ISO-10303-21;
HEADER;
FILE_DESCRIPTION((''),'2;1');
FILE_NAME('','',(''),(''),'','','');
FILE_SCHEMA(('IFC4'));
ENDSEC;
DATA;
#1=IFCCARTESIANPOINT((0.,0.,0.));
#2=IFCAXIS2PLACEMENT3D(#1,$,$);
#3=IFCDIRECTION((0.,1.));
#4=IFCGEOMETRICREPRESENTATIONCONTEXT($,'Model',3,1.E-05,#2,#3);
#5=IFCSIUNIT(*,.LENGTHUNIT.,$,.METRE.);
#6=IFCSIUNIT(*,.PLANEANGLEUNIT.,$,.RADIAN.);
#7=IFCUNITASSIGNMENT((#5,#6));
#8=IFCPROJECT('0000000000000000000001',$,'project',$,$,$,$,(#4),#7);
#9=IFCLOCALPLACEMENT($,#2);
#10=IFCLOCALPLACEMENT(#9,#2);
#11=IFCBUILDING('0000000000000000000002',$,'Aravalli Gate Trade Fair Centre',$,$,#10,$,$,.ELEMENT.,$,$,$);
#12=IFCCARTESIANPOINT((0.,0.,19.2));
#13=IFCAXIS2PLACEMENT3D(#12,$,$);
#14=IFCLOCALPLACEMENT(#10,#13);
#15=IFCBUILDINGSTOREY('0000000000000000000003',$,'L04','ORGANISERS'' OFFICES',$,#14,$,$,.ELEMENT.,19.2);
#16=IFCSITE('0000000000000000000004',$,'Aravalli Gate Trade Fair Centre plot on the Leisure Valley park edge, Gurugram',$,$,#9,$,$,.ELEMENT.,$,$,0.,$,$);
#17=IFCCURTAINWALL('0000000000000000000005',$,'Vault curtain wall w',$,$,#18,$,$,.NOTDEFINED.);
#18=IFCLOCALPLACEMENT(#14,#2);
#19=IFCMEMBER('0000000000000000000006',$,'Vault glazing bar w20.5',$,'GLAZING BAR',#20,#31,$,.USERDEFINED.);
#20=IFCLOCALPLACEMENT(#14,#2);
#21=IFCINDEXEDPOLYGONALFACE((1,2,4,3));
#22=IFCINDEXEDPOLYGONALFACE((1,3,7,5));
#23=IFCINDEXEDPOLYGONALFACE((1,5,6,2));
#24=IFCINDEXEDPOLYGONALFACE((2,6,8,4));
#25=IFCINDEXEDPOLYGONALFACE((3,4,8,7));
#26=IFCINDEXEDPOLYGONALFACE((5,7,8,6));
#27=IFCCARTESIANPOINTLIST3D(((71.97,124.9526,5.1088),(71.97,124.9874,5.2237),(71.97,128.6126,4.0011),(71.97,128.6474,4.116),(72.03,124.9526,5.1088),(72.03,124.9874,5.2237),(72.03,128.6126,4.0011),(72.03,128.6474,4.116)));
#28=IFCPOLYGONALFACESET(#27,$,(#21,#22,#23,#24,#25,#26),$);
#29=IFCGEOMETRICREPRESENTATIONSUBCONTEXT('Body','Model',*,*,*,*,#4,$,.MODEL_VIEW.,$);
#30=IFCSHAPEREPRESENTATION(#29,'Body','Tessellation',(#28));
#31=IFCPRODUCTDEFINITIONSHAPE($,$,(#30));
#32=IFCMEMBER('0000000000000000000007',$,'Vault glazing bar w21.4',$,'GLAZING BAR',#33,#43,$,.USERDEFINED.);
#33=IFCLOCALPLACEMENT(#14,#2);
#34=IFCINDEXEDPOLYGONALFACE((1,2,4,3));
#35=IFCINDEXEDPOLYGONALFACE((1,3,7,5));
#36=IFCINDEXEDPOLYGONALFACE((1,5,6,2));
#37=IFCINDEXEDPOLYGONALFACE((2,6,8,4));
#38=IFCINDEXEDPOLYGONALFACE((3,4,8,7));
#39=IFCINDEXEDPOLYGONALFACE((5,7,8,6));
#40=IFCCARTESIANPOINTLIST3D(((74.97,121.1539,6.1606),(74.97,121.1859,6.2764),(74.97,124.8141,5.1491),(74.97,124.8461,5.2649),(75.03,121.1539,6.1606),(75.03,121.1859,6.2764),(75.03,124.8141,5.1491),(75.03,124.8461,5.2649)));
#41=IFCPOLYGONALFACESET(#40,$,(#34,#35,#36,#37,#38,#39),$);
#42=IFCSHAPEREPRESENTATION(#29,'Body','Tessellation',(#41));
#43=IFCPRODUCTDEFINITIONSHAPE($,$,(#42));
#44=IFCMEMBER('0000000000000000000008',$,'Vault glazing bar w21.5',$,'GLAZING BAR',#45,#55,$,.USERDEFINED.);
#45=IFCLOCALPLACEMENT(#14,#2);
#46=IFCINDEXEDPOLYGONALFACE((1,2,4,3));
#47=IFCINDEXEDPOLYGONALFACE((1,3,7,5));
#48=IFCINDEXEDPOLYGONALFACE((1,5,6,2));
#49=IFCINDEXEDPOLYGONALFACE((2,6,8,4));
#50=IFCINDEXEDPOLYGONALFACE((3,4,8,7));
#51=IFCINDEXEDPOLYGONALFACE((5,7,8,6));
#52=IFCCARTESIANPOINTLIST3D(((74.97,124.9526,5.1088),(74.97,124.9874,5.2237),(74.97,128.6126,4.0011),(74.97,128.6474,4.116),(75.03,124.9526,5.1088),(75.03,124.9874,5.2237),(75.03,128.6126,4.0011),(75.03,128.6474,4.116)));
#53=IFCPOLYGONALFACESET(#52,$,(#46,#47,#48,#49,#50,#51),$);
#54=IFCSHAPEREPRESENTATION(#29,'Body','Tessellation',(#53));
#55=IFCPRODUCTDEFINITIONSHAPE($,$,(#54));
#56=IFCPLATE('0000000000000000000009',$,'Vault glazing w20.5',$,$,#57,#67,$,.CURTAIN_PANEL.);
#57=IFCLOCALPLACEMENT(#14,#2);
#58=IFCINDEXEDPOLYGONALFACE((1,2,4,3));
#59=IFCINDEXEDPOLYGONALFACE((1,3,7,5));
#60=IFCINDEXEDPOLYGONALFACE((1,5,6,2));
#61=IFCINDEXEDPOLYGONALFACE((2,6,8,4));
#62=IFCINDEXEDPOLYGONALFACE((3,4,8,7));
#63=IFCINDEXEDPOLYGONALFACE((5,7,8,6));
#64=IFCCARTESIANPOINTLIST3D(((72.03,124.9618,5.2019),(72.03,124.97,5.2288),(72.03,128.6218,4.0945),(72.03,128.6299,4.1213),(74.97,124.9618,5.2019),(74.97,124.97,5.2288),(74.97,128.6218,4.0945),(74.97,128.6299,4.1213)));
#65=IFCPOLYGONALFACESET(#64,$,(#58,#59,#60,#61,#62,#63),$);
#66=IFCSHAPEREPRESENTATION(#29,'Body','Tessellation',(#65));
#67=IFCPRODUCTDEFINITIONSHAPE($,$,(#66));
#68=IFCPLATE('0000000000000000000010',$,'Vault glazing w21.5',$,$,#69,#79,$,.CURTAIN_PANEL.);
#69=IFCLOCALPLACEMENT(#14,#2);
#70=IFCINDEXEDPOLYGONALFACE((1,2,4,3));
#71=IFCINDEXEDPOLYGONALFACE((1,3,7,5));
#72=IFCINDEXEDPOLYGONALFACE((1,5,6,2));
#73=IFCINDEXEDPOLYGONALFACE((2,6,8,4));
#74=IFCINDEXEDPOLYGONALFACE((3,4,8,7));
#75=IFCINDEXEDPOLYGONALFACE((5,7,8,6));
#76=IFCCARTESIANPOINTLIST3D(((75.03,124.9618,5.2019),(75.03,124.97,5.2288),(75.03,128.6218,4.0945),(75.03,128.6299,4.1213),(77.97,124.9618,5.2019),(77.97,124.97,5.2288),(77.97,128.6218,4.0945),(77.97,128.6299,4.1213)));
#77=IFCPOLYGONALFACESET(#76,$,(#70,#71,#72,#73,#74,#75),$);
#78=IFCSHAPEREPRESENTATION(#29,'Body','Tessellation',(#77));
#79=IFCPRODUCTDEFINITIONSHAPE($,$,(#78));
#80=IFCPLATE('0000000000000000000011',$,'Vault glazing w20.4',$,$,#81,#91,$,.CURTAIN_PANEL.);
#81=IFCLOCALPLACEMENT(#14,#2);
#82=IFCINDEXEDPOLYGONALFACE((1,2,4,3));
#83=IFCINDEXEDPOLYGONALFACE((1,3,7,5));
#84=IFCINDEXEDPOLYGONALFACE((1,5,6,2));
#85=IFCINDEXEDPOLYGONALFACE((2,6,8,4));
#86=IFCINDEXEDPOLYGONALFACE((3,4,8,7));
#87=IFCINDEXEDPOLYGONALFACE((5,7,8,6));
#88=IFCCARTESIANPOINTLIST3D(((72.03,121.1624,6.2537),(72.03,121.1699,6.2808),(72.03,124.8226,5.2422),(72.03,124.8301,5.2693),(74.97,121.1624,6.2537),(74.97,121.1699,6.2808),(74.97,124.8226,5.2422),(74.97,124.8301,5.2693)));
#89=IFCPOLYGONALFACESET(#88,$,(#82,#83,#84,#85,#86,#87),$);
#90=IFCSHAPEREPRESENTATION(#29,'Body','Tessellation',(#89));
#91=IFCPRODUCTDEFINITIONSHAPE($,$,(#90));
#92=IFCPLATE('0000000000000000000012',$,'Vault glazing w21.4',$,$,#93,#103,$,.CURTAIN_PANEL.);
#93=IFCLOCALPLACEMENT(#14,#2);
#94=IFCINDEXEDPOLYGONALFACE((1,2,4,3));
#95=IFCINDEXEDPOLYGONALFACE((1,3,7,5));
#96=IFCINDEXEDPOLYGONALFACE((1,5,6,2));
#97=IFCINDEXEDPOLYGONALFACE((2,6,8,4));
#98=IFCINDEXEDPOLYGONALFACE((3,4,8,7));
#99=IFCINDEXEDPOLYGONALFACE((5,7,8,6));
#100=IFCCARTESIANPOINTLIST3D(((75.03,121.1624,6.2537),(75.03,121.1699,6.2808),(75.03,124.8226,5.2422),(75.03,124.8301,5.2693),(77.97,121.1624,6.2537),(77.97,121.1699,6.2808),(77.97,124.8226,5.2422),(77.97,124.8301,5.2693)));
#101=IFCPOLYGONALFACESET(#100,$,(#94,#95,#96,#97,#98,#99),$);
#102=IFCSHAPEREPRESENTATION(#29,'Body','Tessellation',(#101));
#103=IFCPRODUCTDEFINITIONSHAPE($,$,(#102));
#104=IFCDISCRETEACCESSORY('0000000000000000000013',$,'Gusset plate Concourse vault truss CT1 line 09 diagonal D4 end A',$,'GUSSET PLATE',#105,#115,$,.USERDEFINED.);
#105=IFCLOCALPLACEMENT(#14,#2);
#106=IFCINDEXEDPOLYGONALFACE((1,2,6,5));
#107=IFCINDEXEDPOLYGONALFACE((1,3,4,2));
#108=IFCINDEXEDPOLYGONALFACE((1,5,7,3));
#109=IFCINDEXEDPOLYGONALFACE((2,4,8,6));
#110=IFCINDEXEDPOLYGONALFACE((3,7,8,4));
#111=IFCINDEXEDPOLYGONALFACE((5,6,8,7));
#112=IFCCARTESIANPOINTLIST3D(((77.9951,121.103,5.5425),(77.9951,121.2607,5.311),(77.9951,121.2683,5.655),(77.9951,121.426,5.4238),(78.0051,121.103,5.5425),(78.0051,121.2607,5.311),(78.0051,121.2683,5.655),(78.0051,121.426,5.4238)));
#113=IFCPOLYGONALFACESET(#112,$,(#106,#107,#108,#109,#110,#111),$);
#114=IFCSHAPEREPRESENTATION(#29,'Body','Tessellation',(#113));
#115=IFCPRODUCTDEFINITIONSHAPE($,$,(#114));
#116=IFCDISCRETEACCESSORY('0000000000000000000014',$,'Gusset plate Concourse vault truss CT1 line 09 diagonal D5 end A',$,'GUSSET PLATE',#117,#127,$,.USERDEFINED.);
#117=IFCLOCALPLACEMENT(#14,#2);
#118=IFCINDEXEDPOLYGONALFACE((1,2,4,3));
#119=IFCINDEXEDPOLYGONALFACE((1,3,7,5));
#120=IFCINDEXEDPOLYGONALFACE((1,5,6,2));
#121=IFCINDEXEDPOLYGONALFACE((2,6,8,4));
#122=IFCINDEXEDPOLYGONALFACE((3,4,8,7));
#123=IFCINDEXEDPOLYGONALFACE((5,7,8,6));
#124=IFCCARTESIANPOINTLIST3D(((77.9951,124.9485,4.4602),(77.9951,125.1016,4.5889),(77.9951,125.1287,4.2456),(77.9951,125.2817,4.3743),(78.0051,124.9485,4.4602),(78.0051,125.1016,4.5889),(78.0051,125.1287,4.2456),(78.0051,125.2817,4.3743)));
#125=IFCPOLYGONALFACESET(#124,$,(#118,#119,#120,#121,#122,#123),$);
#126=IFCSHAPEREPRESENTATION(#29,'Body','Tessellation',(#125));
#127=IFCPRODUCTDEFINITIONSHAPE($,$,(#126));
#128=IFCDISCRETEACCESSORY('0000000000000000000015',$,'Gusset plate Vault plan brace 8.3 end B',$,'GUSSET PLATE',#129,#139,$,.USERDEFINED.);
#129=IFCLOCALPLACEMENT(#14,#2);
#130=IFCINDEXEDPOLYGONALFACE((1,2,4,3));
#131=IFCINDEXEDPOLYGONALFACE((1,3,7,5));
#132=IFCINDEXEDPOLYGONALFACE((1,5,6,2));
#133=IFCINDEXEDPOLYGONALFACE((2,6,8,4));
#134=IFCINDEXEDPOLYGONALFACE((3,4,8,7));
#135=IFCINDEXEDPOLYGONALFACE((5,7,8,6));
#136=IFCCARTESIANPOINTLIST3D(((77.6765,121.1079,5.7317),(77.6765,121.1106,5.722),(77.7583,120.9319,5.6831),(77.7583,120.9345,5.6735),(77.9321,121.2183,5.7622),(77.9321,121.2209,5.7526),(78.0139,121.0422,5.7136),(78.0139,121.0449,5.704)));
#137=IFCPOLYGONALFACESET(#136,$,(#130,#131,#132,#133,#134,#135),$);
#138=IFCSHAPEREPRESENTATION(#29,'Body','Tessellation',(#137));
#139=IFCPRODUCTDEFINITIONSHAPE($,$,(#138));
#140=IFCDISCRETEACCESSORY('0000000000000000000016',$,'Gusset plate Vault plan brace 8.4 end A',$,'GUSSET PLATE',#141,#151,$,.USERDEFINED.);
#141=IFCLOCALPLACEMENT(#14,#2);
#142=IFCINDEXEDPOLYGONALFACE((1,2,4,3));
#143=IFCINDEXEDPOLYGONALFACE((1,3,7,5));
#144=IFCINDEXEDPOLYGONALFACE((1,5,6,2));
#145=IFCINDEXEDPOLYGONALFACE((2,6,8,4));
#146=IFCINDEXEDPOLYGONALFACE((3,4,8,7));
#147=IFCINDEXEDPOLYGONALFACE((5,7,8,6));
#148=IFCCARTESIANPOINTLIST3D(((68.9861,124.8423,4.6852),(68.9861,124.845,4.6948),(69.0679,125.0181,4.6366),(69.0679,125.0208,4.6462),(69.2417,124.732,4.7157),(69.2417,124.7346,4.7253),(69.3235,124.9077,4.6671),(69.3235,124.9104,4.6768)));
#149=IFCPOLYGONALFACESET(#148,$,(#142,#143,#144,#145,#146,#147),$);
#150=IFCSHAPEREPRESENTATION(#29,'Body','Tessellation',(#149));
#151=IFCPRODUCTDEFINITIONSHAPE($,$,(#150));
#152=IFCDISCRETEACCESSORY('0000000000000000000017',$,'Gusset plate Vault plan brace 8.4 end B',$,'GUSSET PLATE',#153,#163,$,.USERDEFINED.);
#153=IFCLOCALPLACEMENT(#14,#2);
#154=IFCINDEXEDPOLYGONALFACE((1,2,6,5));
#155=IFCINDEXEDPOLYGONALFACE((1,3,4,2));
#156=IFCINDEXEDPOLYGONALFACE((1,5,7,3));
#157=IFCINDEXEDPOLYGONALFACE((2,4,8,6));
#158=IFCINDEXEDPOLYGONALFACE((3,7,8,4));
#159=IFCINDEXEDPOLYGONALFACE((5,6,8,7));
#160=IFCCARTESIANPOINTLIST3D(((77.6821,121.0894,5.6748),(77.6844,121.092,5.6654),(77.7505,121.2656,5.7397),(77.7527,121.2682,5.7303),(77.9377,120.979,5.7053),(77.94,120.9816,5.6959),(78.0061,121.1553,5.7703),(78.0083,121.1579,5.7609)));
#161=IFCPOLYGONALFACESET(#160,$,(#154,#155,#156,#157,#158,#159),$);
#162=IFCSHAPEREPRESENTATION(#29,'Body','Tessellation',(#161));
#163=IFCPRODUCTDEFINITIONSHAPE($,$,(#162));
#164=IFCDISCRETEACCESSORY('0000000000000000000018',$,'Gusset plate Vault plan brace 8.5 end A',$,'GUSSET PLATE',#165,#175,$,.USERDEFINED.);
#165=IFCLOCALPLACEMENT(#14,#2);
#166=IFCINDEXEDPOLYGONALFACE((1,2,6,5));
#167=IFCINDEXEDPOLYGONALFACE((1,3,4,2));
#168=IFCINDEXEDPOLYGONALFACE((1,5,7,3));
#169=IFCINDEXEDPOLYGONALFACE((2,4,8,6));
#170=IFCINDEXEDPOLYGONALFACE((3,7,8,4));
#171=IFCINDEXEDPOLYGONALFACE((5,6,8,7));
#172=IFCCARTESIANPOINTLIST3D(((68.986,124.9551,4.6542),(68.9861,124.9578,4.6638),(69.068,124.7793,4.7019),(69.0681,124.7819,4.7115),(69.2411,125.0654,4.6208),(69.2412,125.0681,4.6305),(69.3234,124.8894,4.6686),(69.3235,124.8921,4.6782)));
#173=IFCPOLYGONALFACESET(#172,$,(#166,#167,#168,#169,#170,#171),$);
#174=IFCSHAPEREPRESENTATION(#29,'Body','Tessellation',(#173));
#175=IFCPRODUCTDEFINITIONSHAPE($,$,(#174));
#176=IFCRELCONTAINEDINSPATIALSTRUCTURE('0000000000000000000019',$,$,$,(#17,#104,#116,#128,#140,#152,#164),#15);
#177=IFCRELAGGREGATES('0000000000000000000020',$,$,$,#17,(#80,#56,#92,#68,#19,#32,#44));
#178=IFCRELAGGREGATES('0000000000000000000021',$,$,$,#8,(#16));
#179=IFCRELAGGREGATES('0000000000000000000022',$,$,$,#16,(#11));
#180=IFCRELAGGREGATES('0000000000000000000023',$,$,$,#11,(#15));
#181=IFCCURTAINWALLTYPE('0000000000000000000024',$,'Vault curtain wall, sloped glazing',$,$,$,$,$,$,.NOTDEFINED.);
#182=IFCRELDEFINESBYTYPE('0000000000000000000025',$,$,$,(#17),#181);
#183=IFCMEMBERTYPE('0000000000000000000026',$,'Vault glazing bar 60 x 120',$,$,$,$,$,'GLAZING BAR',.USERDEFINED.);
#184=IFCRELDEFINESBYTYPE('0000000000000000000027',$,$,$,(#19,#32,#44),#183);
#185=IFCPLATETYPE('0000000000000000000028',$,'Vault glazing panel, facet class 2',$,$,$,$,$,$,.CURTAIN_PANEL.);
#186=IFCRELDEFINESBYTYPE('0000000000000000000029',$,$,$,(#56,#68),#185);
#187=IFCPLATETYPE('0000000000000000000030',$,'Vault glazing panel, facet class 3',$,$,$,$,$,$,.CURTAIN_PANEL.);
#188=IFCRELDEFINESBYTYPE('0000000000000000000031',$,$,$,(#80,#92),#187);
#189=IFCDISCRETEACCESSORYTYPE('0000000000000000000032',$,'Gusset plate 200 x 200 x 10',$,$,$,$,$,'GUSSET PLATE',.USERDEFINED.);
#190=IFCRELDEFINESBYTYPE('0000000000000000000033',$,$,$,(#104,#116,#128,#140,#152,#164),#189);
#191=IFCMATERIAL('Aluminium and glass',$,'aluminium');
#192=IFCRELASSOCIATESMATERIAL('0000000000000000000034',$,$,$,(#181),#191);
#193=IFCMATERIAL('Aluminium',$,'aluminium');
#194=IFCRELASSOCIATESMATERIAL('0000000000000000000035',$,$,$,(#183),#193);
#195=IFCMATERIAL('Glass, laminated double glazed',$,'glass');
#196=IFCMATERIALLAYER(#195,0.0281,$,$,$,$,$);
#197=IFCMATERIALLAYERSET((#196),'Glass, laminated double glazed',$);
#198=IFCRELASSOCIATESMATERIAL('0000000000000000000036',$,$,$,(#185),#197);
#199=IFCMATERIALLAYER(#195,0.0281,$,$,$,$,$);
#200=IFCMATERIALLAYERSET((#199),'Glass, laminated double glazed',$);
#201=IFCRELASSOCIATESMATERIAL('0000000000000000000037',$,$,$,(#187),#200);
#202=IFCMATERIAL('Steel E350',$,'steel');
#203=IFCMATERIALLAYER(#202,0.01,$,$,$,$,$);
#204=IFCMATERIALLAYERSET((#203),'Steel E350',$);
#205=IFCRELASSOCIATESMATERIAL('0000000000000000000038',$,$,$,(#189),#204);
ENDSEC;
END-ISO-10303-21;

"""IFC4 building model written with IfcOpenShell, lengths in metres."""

from ifc_helpers import new_model, si_unit, direction, frame, origin, origin_2d, place, context, subcontext, project, spatial, polyline, rectangle, outline, extrude, material, layer, layer_set, material_profile, profile_set, type_object, element, aggregate, save


model = new_model("IFC4")

# Units and contexts
model_context = context("Model", 3, precision=1e-05, world=origin(), true_north=direction((0.0, 1.0)))
body_context = subcontext(model_context, "Body", "Model", "MODEL_VIEW")
ifc_project = project(units=[si_unit("LENGTHUNIT", "METRE"), si_unit("PLANEANGLEUNIT", "RADIAN")], contexts=[model_context])

# Site, building, storey
site_placement = place(None, origin())
site = spatial("IfcSite", under=ifc_project, at=site_placement, Name="Aravalli Gate Trade Fair Centre plot on the Leisure Valley park edge, Gurugram", CompositionType="ELEMENT", RefElevation=0.0)
building_placement = place(site_placement, origin())
building = spatial("IfcBuilding", under=site, at=building_placement, Name="Aravalli Gate Trade Fair Centre", CompositionType="ELEMENT")
storey_placement = place(building_placement, frame((0.0, 0.0, 19.2)))
storey = spatial("IfcBuildingStorey", under=building, at=storey_placement, Name="L04", Description="ORGANISERS' OFFICES", CompositionType="ELEMENT", Elevation=19.2)

# Shared definitions
ifc_material_1 = material(Name="Steel E350", Category="steel")
ifc_material_2 = material(Name="Aluminium", Category="aluminium")

# Curtain wall, members, plates
ifc_material_3 = material(Name="Aluminium and glass", Category="aluminium")
curtain_wall_type = type_object("IfcCurtainWallType", Name="Vault curtain wall, sloped glazing", PredefinedType="NOTDEFINED", material=ifc_material_3)
curtain_wall_placement = place(storey_placement, origin())
curtain_wall = element("IfcCurtainWall", 1, at=curtain_wall_placement, inside=storey, type_object=curtain_wall_type, Name="Vault curtain wall w", PredefinedType="NOTDEFINED")
ifc_material_profile_1 = material_profile(ifc_material_2, rectangle(XDim=0.0601, YDim=0.1201, at=origin_2d()), Name="Vault glazing bar 60 x 120")
ifc_profile_set_1 = profile_set([ifc_material_profile_1], Name="Aluminium")
member_type_1 = type_object("IfcMemberType", Name="Vault glazing bar 60 x 120", ElementType="GLAZING BAR", PredefinedType="USERDEFINED", material=ifc_profile_set_1)
member_1_placement = place(storey_placement, frame((72.0, 124.97, 5.1663), z_axis=(0.0, 0.957126, -0.289672), x_axis=(-1.0, 0.0, 0.0)))
member_1 = element("IfcMember", 2, at=member_1_placement, type_object=member_type_1, Name="Vault glazing bar w20.5", ObjectType="GLAZING BAR", PredefinedType="USERDEFINED", context=body_context, shape_type="SweptSolid", body=[
    extrude(rectangle(XDim=0.0601, YDim=0.1201, at=origin_2d()), origin(), (0.0, 0.0, 1.0), 3.824),
])
member_2_placement = place(storey_placement, frame((75.0, 121.1699, 6.2185), z_axis=(0.0, 0.963873, -0.266364), x_axis=(-1.0, 0.0, 0.0)))
member_2 = element("IfcMember", 3, at=member_2_placement, type_object=member_type_1, Name="Vault glazing bar w21.4", ObjectType="GLAZING BAR", PredefinedType="USERDEFINED", context=body_context, shape_type="SweptSolid", body=[
    extrude(rectangle(XDim=0.0601, YDim=0.1201, at=origin_2d()), origin(), (0.0, 0.0, 1.0), 3.7974),
])
member_3_placement = place(storey_placement, frame((75.0, 124.97, 5.1663), z_axis=(0.0, 0.957126, -0.289672), x_axis=(-1.0, 0.0, 0.0)))
member_3 = element("IfcMember", 4, at=member_3_placement, type_object=member_type_1, Name="Vault glazing bar w21.5", ObjectType="GLAZING BAR", PredefinedType="USERDEFINED", context=body_context, shape_type="SweptSolid", body=[
    extrude(rectangle(XDim=0.0601, YDim=0.1201, at=origin_2d()), origin(), (0.0, 0.0, 1.0), 3.824),
])
ifc_material_4 = material(Name="Glass, laminated double glazed", Category="glass")
ifc_layer_1 = layer(ifc_material_4, 0.0281)
ifc_layer_set_1 = layer_set([ifc_layer_1], Name="Glass, laminated double glazed")
plate_type_1 = type_object("IfcPlateType", Name="Vault glazing panel, facet class 2", PredefinedType="CURTAIN_PANEL", material=ifc_layer_set_1)
plate_1_placement = place(storey_placement, frame((72.03, 124.97, 5.2288), z_axis=(0.0, 0.289614, 0.957144), x_axis=(1.0, 0.0, 0.0)))
plate_1 = element("IfcPlate", 5, at=plate_1_placement, type_object=plate_type_1, Name="Vault glazing w20.5", PredefinedType="CURTAIN_PANEL", context=body_context, shape_type="SweptSolid", body=[
    extrude(outline(polyline([(0.0, 0.0), (2.9399, 0.0), (2.9399, 3.8238), (0.0, 3.8238), (0.0, 0.0)])), origin(), (0.0, 0.0, -1.0), 0.0281),
])
plate_2_placement = place(storey_placement, frame((75.03, 124.97, 5.2288), z_axis=(0.0, 0.289614, 0.957144), x_axis=(1.0, 0.0, 0.0)))
plate_2 = element("IfcPlate", 6, at=plate_2_placement, type_object=plate_type_1, Name="Vault glazing w21.5", PredefinedType="CURTAIN_PANEL", context=body_context, shape_type="SweptSolid", body=[
    extrude(outline(polyline([(0.0, 0.0), (2.9399, 0.0), (2.9399, 3.8238), (0.0, 3.8238), (0.0, 0.0)])), origin(), (0.0, 0.0, -1.0), 0.0281),
])
ifc_layer_2 = layer(ifc_material_4, 0.0281)
ifc_layer_set_2 = layer_set([ifc_layer_2], Name="Glass, laminated double glazed")
plate_type_2 = type_object("IfcPlateType", Name="Vault glazing panel, facet class 3", PredefinedType="CURTAIN_PANEL", material=ifc_layer_set_2)
plate_3_placement = place(storey_placement, frame((72.03, 121.1699, 6.2808), z_axis=(0.0, 0.266364, 0.963873), x_axis=(1.0, 0.0, 0.0)))
plate_3 = element("IfcPlate", 7, at=plate_3_placement, type_object=plate_type_2, Name="Vault glazing w20.4", PredefinedType="CURTAIN_PANEL", context=body_context, shape_type="SweptSolid", body=[
    extrude(outline(polyline([(0.0, 0.0), (2.9399, 0.0), (2.9399, 3.7973), (0.0, 3.7973), (0.0, 0.0)])), origin(), (0.0, 0.0, -1.0), 0.0281),
])
plate_4_placement = place(storey_placement, frame((75.03, 121.1699, 6.2808), z_axis=(0.0, 0.266364, 0.963873), x_axis=(1.0, 0.0, 0.0)))
plate_4 = element("IfcPlate", 8, at=plate_4_placement, type_object=plate_type_2, Name="Vault glazing w21.4", PredefinedType="CURTAIN_PANEL", context=body_context, shape_type="SweptSolid", body=[
    extrude(outline(polyline([(0.0, 0.0), (2.9399, 0.0), (2.9399, 3.7973), (0.0, 3.7973), (0.0, 0.0)])), origin(), (0.0, 0.0, -1.0), 0.0281),
])
aggregate(curtain_wall, [plate_3, plate_1, plate_4, plate_2, member_1, member_2, member_3])

# Discrete accessories
ifc_layer_3 = layer(ifc_material_1, 0.01)
ifc_layer_set_3 = layer_set([ifc_layer_3], Name="Steel E350")
discrete_accessory_type = type_object("IfcDiscreteAccessoryType", Name="Gusset plate 200 x 200 x 10", ElementType="GUSSET PLATE", PredefinedType="USERDEFINED", material=ifc_layer_set_3)
discrete_accessory_1_placement = place(storey_placement, frame((77.9951, 121.2607, 5.311), z_axis=(-1.0, 0.0, 0.0), x_axis=(0.0, -0.56312, 0.826375)))
element("IfcDiscreteAccessory", 9, at=discrete_accessory_1_placement, inside=storey, type_object=discrete_accessory_type, Name="Gusset plate Concourse vault truss CT1 line 09 diagonal D4 end A", ObjectType="GUSSET PLATE", PredefinedType="USERDEFINED", context=body_context, shape_type="SweptSolid", body=[
    extrude(outline(polyline([(0.0, 0.0), (0.2801, 0.0), (0.28, 0.2), (0.0001, 0.2001), (0.0, 0.0)])), origin(), (0.0, 0.0, -1.0), 0.01),
])
discrete_accessory_2_placement = place(storey_placement, frame((77.9951, 125.1287, 4.2456), z_axis=(-1.0, 0.0, 0.0), x_axis=(0.0, -0.643008, 0.765859)))
element("IfcDiscreteAccessory", 10, at=discrete_accessory_2_placement, inside=storey, type_object=discrete_accessory_type, Name="Gusset plate Concourse vault truss CT1 line 09 diagonal D5 end A", ObjectType="GUSSET PLATE", PredefinedType="USERDEFINED", context=body_context, shape_type="SweptSolid", body=[
    extrude(outline(polyline([(0.0, 0.0), (0.2802, 0.0), (0.2803, 0.2), (0.0001, 0.2), (0.0, 0.0)])), origin(), (0.0, 0.0, -1.0), 0.01),
])
discrete_accessory_3_placement = place(storey_placement, frame((77.7583, 120.9319, 5.6831), z_axis=(-0.000188, -0.266139, 0.963935), x_axis=(0.912633, 0.393992, 0.108958)))
element("IfcDiscreteAccessory", 11, at=discrete_accessory_3_placement, inside=storey, type_object=discrete_accessory_type, Name="Gusset plate Vault plan brace 8.3 end B", ObjectType="GUSSET PLATE", PredefinedType="USERDEFINED", context=body_context, shape_type="SweptSolid", body=[
    extrude(outline(polyline([(0.0, 0.0), (0.2801, 0.0), (0.2801, 0.2001), (0.0, 0.2001), (0.0, 0.0)])), origin(), (0.0, 0.0, -1.0), 0.01),
])
discrete_accessory_4_placement = place(storey_placement, frame((69.2417, 124.7346, 4.7253), z_axis=(-0.000055, 0.266425, 0.963856), x_axis=(-0.912633, 0.393992, -0.108958)))
element("IfcDiscreteAccessory", 12, at=discrete_accessory_4_placement, inside=storey, type_object=discrete_accessory_type, Name="Gusset plate Vault plan brace 8.4 end A", ObjectType="GUSSET PLATE", PredefinedType="USERDEFINED", context=body_context, shape_type="SweptSolid", body=[
    extrude(outline(polyline([(0.0, 0.0), (0.2801, 0.0), (0.28, -0.1999), (-0.0001, -0.1999), (0.0, 0.0)])), origin(), (0.0, 0.0, -1.0), 0.01),
])
discrete_accessory_5_placement = place(storey_placement, frame((77.6821, 121.0894, 5.6748), z_axis=(-0.22407, -0.259222, 0.939466), x_axis=(0.912633, -0.393992, 0.108958)))
element("IfcDiscreteAccessory", 13, at=discrete_accessory_5_placement, inside=storey, type_object=discrete_accessory_type, Name="Gusset plate Vault plan brace 8.4 end B", ObjectType="GUSSET PLATE", PredefinedType="USERDEFINED", context=body_context, shape_type="SweptSolid", body=[
    extrude(outline(polyline([(0.0, 0.0), (0.2801, 0.0), (0.2801, 0.1999), (0.0, 0.1999), (0.0, 0.0)])), origin(), (0.0, 0.0, -1.0), 0.01),
])
discrete_accessory_6_placement = place(storey_placement, frame((69.3235, 124.8921, 4.6782), z_axis=(0.010732, 0.266521, 0.963769), x_axis=(-0.911715, -0.39324, 0.118899)))
element("IfcDiscreteAccessory", 14, at=discrete_accessory_6_placement, inside=storey, type_object=discrete_accessory_type, Name="Gusset plate Vault plan brace 8.5 end A", ObjectType="GUSSET PLATE", PredefinedType="USERDEFINED", context=body_context, shape_type="SweptSolid", body=[
    extrude(outline(polyline([(0.0, 0.0), (0.2801, 0.0), (0.2801, -0.1998), (0.0001, -0.2001), (0.0, 0.0)])), origin(), (0.0, 0.0, -1.0), 0.01),
])

save(model, "model.ifc")
